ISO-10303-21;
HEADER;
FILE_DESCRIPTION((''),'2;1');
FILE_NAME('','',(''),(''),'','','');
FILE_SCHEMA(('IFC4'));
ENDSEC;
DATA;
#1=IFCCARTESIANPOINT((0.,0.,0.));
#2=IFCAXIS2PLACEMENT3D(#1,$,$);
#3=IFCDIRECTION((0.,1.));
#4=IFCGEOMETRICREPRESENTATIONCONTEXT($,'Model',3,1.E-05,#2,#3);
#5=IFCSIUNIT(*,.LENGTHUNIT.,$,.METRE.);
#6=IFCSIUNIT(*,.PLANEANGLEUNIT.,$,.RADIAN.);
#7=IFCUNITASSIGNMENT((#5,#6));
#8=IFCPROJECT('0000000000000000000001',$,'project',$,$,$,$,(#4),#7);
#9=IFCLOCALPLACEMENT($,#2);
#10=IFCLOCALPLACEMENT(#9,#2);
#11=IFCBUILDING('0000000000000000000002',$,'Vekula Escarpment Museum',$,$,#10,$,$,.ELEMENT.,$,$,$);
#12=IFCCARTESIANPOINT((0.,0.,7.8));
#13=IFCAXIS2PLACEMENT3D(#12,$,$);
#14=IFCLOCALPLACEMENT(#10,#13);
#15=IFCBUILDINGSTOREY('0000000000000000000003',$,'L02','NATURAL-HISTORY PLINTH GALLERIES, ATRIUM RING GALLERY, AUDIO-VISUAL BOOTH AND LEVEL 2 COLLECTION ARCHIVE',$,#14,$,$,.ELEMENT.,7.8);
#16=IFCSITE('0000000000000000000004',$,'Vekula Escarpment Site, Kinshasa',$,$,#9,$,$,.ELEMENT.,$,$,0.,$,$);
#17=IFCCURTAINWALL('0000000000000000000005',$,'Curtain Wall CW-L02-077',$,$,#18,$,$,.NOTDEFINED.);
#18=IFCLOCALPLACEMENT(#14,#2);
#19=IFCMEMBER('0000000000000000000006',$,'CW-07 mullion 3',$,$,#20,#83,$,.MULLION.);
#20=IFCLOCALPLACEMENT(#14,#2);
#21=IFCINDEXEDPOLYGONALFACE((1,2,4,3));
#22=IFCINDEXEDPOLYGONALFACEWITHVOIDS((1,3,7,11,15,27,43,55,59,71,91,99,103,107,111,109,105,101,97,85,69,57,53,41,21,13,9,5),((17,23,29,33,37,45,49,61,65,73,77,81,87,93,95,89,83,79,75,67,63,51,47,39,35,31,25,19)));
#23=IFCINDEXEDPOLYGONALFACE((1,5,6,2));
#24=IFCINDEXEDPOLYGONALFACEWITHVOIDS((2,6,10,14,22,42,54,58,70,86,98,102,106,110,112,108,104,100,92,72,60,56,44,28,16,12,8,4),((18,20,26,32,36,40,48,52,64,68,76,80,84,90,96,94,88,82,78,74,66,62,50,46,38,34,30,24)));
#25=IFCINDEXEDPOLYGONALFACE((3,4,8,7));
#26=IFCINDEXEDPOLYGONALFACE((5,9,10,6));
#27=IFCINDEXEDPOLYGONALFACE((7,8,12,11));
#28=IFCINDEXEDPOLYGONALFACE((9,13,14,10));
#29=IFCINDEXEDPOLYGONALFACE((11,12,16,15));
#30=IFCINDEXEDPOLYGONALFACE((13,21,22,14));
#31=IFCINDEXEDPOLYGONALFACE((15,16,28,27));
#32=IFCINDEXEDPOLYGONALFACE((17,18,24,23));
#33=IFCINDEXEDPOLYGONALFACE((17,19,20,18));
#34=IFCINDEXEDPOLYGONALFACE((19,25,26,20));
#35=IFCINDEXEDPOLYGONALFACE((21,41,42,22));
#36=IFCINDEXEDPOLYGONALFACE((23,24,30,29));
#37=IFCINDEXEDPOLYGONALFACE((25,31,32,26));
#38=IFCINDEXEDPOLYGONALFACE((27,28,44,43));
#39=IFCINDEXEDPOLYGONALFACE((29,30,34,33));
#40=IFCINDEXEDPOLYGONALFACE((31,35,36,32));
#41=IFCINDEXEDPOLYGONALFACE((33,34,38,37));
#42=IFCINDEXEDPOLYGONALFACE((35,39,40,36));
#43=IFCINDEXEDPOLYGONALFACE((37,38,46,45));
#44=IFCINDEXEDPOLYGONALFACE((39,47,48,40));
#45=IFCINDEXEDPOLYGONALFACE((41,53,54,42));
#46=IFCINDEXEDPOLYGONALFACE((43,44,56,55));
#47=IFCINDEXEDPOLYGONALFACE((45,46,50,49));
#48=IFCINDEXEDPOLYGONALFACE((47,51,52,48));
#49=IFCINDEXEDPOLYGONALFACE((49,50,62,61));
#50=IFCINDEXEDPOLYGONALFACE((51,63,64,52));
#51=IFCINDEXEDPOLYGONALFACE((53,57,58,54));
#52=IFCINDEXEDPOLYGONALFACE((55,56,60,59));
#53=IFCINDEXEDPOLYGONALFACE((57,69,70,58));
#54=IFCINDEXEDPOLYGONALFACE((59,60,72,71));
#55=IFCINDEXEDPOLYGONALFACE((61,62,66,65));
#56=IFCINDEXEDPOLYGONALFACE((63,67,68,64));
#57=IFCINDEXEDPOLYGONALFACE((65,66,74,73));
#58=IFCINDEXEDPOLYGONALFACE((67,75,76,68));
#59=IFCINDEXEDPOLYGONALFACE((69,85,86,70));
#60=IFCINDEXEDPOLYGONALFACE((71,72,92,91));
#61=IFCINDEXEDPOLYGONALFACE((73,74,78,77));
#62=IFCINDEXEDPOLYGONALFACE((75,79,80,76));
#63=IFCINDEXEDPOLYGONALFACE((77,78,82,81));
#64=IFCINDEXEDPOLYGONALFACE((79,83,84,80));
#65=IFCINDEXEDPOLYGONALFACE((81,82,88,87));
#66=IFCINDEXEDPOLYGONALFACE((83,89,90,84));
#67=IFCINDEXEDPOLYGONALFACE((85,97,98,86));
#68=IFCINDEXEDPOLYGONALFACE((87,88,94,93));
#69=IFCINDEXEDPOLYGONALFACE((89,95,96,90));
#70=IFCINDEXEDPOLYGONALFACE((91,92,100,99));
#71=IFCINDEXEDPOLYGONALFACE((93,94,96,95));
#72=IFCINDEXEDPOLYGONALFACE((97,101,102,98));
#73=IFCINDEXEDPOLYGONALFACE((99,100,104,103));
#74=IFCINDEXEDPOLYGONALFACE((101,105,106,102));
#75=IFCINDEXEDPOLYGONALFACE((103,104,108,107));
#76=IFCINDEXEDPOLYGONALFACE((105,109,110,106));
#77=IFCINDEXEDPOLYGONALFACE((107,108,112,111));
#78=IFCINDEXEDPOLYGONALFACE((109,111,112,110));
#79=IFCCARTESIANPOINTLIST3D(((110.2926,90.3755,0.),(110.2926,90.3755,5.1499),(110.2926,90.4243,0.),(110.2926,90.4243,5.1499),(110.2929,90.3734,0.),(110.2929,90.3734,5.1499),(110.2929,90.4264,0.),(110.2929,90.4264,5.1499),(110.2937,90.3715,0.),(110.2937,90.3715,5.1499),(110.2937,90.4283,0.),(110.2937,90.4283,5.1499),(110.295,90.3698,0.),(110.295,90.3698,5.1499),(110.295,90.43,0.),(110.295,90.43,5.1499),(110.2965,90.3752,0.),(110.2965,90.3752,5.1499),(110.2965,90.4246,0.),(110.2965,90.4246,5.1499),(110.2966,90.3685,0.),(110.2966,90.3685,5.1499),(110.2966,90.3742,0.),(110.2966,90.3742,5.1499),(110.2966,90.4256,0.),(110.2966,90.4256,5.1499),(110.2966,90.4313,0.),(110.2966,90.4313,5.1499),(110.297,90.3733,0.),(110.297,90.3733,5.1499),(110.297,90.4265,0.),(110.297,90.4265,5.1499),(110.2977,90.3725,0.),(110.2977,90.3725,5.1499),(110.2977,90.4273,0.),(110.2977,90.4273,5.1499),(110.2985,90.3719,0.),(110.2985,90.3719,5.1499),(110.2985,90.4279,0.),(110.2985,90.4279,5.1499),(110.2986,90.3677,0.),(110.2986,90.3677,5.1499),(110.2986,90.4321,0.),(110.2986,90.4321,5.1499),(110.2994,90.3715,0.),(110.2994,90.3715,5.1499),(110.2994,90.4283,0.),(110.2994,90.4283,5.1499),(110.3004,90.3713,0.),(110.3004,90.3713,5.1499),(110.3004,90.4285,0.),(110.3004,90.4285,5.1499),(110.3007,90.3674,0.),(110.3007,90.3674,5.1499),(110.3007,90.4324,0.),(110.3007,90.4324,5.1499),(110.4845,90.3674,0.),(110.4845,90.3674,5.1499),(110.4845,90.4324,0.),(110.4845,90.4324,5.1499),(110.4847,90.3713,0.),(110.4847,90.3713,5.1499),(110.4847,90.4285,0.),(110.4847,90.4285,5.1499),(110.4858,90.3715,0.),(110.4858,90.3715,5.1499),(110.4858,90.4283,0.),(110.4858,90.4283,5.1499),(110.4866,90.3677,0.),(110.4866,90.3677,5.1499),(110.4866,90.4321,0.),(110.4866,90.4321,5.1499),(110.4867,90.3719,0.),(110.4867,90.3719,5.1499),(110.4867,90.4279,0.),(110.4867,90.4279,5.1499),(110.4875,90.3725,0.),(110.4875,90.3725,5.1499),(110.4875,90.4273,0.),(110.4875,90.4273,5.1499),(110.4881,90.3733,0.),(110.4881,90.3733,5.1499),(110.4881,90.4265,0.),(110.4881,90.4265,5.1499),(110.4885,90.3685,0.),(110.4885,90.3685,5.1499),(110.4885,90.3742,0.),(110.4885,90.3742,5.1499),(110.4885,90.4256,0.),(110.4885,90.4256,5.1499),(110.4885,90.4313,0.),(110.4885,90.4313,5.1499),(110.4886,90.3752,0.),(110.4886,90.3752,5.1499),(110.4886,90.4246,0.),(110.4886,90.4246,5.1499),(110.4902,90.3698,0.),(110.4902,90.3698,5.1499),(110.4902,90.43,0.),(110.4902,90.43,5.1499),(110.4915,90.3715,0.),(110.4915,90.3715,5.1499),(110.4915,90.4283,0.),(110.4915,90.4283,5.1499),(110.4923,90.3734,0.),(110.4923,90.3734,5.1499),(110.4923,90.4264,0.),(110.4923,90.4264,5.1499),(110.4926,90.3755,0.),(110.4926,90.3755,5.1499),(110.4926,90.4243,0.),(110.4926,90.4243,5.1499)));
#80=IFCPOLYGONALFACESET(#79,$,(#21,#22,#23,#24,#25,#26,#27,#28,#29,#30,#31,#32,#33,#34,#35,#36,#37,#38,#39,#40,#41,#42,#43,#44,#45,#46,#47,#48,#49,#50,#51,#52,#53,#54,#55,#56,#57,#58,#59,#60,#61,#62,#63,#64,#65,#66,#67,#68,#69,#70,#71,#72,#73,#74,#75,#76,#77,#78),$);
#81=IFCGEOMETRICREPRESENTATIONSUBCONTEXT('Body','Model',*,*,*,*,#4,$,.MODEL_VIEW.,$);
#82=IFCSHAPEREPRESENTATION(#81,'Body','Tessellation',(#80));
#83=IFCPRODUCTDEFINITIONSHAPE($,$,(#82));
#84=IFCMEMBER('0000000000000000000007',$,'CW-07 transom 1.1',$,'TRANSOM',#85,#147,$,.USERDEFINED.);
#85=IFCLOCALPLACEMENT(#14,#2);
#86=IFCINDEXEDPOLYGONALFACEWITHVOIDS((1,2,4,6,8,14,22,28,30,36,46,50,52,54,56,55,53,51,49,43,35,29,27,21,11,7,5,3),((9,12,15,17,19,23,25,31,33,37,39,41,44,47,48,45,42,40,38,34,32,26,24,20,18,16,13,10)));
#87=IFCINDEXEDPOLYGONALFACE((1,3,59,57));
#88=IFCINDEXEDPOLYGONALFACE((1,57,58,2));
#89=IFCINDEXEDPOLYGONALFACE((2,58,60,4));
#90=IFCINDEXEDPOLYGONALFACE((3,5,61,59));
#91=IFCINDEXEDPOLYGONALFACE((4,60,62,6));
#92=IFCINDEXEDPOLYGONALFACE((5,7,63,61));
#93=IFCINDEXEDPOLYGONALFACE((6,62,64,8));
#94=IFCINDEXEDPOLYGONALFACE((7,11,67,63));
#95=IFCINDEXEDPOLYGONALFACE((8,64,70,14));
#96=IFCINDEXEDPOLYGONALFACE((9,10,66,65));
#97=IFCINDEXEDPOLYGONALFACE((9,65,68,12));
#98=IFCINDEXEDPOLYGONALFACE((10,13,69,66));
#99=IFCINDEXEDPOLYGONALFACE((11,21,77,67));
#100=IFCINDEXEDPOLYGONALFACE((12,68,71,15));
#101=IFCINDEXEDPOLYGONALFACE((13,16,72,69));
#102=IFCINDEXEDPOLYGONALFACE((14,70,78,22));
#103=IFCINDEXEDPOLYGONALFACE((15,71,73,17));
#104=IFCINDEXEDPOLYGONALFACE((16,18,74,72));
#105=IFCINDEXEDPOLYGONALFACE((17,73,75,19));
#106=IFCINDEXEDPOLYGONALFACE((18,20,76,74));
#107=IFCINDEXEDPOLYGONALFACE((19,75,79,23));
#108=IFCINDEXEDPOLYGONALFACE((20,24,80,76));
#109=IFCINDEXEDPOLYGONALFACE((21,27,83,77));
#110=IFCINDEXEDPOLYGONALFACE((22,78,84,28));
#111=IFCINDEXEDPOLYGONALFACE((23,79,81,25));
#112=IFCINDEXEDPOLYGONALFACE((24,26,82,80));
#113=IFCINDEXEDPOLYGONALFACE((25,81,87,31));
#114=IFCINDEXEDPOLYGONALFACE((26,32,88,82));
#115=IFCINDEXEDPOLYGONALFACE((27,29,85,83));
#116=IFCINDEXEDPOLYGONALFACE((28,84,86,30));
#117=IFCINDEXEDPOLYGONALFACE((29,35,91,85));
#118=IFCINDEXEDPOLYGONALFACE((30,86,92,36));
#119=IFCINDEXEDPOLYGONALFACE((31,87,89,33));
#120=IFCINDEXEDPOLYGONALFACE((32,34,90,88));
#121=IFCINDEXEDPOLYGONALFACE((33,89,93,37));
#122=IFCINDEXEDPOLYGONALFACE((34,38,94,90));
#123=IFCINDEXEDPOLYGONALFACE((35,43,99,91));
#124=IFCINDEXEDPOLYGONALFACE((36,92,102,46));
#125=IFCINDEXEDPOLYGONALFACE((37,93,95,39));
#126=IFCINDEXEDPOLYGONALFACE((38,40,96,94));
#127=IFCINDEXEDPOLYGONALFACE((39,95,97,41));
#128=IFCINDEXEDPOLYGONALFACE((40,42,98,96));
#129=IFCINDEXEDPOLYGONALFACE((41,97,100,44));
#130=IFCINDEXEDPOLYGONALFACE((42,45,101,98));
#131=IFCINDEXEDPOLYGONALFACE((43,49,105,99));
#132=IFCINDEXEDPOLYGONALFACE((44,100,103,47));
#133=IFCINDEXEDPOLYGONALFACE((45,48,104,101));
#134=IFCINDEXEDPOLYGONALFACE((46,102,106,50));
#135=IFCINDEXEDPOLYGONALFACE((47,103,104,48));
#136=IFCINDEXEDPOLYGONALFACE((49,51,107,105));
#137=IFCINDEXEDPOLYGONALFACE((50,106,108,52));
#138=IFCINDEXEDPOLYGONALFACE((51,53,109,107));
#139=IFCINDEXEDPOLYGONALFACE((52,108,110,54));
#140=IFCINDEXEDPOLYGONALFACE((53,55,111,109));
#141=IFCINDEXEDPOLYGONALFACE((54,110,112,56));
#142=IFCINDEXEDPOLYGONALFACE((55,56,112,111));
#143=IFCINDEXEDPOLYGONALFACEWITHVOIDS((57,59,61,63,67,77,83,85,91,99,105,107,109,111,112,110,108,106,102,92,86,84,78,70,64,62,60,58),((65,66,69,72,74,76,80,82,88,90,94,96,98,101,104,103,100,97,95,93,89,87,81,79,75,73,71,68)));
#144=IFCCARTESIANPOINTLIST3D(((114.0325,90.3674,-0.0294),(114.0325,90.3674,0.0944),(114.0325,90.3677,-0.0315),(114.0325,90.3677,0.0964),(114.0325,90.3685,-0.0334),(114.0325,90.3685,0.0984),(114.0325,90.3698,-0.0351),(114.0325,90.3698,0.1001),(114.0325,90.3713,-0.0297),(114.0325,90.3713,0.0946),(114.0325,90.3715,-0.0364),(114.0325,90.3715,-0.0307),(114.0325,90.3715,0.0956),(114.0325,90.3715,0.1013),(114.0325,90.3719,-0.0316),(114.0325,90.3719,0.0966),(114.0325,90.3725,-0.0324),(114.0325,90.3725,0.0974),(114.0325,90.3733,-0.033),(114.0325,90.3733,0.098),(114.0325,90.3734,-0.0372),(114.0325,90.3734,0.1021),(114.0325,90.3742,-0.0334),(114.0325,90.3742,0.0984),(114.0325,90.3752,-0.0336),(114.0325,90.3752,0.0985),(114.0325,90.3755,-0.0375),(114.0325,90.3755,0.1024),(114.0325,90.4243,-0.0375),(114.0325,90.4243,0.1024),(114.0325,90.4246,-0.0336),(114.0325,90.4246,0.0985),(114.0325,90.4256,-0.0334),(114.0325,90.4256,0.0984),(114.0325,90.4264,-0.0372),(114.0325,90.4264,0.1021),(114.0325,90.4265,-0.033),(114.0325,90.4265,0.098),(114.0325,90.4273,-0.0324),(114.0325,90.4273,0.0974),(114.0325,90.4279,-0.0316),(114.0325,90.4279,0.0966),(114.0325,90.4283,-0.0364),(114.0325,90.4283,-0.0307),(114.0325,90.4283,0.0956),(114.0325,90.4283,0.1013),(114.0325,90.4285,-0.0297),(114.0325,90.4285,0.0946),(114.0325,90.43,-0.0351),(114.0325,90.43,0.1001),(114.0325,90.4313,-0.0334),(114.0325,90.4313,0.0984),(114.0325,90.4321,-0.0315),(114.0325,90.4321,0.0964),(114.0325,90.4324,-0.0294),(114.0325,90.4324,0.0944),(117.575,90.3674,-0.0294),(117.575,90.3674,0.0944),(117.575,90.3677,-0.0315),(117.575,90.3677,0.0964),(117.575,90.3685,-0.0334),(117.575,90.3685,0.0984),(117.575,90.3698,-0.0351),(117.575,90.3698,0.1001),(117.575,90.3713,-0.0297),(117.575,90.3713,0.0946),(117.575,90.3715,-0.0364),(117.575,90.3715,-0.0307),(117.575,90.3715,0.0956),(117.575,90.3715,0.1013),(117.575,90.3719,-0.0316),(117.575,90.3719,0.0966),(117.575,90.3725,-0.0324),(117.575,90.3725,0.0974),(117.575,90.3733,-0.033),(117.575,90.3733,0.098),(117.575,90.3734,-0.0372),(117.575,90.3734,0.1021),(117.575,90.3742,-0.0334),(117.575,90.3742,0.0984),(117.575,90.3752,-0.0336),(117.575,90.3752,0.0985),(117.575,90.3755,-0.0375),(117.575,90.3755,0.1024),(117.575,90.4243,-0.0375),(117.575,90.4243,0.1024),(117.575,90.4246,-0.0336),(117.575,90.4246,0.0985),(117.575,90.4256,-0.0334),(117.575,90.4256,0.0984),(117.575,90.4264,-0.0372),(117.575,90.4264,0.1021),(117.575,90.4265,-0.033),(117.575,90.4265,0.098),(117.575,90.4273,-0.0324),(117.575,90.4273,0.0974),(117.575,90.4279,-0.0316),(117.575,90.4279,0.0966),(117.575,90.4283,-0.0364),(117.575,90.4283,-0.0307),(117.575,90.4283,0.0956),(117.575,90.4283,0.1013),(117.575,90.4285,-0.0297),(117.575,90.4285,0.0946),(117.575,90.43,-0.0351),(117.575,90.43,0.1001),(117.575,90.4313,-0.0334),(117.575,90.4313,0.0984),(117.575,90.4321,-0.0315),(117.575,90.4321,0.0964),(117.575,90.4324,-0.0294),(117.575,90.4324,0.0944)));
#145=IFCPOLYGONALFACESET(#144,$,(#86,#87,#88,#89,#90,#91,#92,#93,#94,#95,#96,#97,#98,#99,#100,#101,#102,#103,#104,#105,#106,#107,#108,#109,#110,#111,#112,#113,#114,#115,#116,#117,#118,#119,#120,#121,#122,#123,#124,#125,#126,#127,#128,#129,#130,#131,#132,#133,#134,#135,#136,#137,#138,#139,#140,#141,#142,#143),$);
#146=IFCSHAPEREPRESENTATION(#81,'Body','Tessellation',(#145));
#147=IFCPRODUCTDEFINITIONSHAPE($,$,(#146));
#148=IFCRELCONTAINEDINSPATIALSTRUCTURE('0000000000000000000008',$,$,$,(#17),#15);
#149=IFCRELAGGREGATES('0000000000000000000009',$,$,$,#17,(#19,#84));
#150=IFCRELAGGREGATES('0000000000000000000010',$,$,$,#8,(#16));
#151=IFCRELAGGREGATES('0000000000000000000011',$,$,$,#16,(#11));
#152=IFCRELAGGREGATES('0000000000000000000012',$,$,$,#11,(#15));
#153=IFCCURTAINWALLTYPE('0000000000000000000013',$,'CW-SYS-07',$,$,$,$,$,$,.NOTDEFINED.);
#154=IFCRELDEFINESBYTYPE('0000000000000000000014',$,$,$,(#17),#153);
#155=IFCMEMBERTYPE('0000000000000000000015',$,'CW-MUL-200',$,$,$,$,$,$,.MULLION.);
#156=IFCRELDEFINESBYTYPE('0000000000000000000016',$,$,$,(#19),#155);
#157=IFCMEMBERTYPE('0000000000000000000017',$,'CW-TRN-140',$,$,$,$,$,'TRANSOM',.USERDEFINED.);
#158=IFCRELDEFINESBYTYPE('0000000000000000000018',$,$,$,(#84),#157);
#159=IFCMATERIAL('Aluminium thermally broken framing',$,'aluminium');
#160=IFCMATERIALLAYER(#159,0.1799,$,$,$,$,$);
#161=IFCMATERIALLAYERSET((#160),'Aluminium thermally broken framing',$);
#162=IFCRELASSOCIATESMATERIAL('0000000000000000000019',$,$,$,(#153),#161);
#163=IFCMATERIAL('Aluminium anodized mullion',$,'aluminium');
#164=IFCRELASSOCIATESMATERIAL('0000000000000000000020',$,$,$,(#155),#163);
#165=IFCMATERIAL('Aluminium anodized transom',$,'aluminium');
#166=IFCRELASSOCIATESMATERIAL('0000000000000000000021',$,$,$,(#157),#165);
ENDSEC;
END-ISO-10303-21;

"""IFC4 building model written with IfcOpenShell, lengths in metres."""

from ifc_helpers import new_model, si_unit, direction, frame, origin, origin_2d, place, context, subcontext, project, spatial, hollow_rectangle, extrude, material, layer, layer_set, material_profile, profile_set, type_object, element, aggregate, save


model = new_model("IFC4")

# Units and contexts
model_context = context("Model", 3, precision=1e-05, world=origin(), true_north=direction((0.0, 1.0)))
body_context = subcontext(model_context, "Body", "Model", "MODEL_VIEW")
ifc_project = project(units=[si_unit("LENGTHUNIT", "METRE"), si_unit("PLANEANGLEUNIT", "RADIAN")], contexts=[model_context])

# Site, building, storey
site_placement = place(None, origin())
site = spatial("IfcSite", under=ifc_project, at=site_placement, Name="Vekula Escarpment Site, Kinshasa", CompositionType="ELEMENT", RefElevation=0.0)
building_placement = place(site_placement, origin())
building = spatial("IfcBuilding", under=site, at=building_placement, Name="Vekula Escarpment Museum", CompositionType="ELEMENT")
storey_placement = place(building_placement, frame((0.0, 0.0, 7.8)))
storey = spatial("IfcBuildingStorey", under=building, at=storey_placement, Name="L02", Description="NATURAL-HISTORY PLINTH GALLERIES, ATRIUM RING GALLERY, AUDIO-VISUAL BOOTH AND LEVEL 2 COLLECTION ARCHIVE", CompositionType="ELEMENT", Elevation=7.8)

# Curtain wall, members
ifc_material_1 = material(Name="Aluminium thermally broken framing", Category="aluminium")
ifc_layer_1 = layer(ifc_material_1, 0.1799)
ifc_layer_set_1 = layer_set([ifc_layer_1], Name="Aluminium thermally broken framing")
curtain_wall_type = type_object("IfcCurtainWallType", Name="CW-SYS-07", PredefinedType="NOTDEFINED", material=ifc_layer_set_1)
curtain_wall_placement = place(storey_placement, origin())
curtain_wall = element("IfcCurtainWall", 1, at=curtain_wall_placement, inside=storey, type_object=curtain_wall_type, Name="Curtain Wall CW-L02-077", PredefinedType="NOTDEFINED")
ifc_material_2 = material(Name="Aluminium anodized mullion", Category="aluminium")
ifc_material_profile_1 = material_profile(ifc_material_2, hollow_rectangle(XDim=0.0649, YDim=0.2, WallThickness=0.0039, InnerFilletRadius=0.0039, OuterFilletRadius=0.0081, at=origin_2d()), Name="ALU 200x65x4")
ifc_profile_set_1 = profile_set([ifc_material_profile_1], Name="Aluminium anodized mullion")
member_type_1 = type_object("IfcMemberType", Name="CW-MUL-200", PredefinedType="MULLION", material=ifc_profile_set_1)
member_1_placement = place(storey_placement, frame((110.3926, 90.3999, 0.0), z_axis=(0.0, 0.0, 1.0), x_axis=(0.0, -1.0, 0.0)))
member_1 = element("IfcMember", 2, at=member_1_placement, type_object=member_type_1, Name="CW-07 mullion 3", PredefinedType="MULLION", context=body_context, shape_type="SweptSolid", body=[
    extrude(hollow_rectangle(XDim=0.0649, YDim=0.2, WallThickness=0.0039, InnerFilletRadius=0.0039, OuterFilletRadius=0.0081, at=origin_2d()), origin(), (0.0, 0.0, 1.0), 5.1499),
])
ifc_material_3 = material(Name="Aluminium anodized transom", Category="aluminium")
ifc_material_profile_2 = material_profile(ifc_material_3, hollow_rectangle(XDim=0.0649, YDim=0.1399, WallThickness=0.0039, InnerFilletRadius=0.0039, OuterFilletRadius=0.0081, at=origin_2d()), Name="ALU 140x65x4")
ifc_profile_set_2 = profile_set([ifc_material_profile_2], Name="Aluminium anodized transom")
member_type_2 = type_object("IfcMemberType", Name="CW-TRN-140", ElementType="TRANSOM", PredefinedType="USERDEFINED", material=ifc_profile_set_2)
member_2_placement = place(storey_placement, frame((117.575, 90.3999, 0.0325), z_axis=(-1.0, 0.0, 0.0), x_axis=(0.0, -1.0, 0.0)))
member_2 = element("IfcMember", 3, at=member_2_placement, type_object=member_type_2, Name="CW-07 transom 1.1", ObjectType="TRANSOM", PredefinedType="USERDEFINED", context=body_context, shape_type="SweptSolid", body=[
    extrude(hollow_rectangle(XDim=0.0649, YDim=0.1399, WallThickness=0.0039, InnerFilletRadius=0.0039, OuterFilletRadius=0.0081, at=origin_2d()), origin(), (0.0, 0.0, 1.0), 3.5425),
])

aggregate(curtain_wall, [member_1, member_2])

save(model, "model.ifc")
